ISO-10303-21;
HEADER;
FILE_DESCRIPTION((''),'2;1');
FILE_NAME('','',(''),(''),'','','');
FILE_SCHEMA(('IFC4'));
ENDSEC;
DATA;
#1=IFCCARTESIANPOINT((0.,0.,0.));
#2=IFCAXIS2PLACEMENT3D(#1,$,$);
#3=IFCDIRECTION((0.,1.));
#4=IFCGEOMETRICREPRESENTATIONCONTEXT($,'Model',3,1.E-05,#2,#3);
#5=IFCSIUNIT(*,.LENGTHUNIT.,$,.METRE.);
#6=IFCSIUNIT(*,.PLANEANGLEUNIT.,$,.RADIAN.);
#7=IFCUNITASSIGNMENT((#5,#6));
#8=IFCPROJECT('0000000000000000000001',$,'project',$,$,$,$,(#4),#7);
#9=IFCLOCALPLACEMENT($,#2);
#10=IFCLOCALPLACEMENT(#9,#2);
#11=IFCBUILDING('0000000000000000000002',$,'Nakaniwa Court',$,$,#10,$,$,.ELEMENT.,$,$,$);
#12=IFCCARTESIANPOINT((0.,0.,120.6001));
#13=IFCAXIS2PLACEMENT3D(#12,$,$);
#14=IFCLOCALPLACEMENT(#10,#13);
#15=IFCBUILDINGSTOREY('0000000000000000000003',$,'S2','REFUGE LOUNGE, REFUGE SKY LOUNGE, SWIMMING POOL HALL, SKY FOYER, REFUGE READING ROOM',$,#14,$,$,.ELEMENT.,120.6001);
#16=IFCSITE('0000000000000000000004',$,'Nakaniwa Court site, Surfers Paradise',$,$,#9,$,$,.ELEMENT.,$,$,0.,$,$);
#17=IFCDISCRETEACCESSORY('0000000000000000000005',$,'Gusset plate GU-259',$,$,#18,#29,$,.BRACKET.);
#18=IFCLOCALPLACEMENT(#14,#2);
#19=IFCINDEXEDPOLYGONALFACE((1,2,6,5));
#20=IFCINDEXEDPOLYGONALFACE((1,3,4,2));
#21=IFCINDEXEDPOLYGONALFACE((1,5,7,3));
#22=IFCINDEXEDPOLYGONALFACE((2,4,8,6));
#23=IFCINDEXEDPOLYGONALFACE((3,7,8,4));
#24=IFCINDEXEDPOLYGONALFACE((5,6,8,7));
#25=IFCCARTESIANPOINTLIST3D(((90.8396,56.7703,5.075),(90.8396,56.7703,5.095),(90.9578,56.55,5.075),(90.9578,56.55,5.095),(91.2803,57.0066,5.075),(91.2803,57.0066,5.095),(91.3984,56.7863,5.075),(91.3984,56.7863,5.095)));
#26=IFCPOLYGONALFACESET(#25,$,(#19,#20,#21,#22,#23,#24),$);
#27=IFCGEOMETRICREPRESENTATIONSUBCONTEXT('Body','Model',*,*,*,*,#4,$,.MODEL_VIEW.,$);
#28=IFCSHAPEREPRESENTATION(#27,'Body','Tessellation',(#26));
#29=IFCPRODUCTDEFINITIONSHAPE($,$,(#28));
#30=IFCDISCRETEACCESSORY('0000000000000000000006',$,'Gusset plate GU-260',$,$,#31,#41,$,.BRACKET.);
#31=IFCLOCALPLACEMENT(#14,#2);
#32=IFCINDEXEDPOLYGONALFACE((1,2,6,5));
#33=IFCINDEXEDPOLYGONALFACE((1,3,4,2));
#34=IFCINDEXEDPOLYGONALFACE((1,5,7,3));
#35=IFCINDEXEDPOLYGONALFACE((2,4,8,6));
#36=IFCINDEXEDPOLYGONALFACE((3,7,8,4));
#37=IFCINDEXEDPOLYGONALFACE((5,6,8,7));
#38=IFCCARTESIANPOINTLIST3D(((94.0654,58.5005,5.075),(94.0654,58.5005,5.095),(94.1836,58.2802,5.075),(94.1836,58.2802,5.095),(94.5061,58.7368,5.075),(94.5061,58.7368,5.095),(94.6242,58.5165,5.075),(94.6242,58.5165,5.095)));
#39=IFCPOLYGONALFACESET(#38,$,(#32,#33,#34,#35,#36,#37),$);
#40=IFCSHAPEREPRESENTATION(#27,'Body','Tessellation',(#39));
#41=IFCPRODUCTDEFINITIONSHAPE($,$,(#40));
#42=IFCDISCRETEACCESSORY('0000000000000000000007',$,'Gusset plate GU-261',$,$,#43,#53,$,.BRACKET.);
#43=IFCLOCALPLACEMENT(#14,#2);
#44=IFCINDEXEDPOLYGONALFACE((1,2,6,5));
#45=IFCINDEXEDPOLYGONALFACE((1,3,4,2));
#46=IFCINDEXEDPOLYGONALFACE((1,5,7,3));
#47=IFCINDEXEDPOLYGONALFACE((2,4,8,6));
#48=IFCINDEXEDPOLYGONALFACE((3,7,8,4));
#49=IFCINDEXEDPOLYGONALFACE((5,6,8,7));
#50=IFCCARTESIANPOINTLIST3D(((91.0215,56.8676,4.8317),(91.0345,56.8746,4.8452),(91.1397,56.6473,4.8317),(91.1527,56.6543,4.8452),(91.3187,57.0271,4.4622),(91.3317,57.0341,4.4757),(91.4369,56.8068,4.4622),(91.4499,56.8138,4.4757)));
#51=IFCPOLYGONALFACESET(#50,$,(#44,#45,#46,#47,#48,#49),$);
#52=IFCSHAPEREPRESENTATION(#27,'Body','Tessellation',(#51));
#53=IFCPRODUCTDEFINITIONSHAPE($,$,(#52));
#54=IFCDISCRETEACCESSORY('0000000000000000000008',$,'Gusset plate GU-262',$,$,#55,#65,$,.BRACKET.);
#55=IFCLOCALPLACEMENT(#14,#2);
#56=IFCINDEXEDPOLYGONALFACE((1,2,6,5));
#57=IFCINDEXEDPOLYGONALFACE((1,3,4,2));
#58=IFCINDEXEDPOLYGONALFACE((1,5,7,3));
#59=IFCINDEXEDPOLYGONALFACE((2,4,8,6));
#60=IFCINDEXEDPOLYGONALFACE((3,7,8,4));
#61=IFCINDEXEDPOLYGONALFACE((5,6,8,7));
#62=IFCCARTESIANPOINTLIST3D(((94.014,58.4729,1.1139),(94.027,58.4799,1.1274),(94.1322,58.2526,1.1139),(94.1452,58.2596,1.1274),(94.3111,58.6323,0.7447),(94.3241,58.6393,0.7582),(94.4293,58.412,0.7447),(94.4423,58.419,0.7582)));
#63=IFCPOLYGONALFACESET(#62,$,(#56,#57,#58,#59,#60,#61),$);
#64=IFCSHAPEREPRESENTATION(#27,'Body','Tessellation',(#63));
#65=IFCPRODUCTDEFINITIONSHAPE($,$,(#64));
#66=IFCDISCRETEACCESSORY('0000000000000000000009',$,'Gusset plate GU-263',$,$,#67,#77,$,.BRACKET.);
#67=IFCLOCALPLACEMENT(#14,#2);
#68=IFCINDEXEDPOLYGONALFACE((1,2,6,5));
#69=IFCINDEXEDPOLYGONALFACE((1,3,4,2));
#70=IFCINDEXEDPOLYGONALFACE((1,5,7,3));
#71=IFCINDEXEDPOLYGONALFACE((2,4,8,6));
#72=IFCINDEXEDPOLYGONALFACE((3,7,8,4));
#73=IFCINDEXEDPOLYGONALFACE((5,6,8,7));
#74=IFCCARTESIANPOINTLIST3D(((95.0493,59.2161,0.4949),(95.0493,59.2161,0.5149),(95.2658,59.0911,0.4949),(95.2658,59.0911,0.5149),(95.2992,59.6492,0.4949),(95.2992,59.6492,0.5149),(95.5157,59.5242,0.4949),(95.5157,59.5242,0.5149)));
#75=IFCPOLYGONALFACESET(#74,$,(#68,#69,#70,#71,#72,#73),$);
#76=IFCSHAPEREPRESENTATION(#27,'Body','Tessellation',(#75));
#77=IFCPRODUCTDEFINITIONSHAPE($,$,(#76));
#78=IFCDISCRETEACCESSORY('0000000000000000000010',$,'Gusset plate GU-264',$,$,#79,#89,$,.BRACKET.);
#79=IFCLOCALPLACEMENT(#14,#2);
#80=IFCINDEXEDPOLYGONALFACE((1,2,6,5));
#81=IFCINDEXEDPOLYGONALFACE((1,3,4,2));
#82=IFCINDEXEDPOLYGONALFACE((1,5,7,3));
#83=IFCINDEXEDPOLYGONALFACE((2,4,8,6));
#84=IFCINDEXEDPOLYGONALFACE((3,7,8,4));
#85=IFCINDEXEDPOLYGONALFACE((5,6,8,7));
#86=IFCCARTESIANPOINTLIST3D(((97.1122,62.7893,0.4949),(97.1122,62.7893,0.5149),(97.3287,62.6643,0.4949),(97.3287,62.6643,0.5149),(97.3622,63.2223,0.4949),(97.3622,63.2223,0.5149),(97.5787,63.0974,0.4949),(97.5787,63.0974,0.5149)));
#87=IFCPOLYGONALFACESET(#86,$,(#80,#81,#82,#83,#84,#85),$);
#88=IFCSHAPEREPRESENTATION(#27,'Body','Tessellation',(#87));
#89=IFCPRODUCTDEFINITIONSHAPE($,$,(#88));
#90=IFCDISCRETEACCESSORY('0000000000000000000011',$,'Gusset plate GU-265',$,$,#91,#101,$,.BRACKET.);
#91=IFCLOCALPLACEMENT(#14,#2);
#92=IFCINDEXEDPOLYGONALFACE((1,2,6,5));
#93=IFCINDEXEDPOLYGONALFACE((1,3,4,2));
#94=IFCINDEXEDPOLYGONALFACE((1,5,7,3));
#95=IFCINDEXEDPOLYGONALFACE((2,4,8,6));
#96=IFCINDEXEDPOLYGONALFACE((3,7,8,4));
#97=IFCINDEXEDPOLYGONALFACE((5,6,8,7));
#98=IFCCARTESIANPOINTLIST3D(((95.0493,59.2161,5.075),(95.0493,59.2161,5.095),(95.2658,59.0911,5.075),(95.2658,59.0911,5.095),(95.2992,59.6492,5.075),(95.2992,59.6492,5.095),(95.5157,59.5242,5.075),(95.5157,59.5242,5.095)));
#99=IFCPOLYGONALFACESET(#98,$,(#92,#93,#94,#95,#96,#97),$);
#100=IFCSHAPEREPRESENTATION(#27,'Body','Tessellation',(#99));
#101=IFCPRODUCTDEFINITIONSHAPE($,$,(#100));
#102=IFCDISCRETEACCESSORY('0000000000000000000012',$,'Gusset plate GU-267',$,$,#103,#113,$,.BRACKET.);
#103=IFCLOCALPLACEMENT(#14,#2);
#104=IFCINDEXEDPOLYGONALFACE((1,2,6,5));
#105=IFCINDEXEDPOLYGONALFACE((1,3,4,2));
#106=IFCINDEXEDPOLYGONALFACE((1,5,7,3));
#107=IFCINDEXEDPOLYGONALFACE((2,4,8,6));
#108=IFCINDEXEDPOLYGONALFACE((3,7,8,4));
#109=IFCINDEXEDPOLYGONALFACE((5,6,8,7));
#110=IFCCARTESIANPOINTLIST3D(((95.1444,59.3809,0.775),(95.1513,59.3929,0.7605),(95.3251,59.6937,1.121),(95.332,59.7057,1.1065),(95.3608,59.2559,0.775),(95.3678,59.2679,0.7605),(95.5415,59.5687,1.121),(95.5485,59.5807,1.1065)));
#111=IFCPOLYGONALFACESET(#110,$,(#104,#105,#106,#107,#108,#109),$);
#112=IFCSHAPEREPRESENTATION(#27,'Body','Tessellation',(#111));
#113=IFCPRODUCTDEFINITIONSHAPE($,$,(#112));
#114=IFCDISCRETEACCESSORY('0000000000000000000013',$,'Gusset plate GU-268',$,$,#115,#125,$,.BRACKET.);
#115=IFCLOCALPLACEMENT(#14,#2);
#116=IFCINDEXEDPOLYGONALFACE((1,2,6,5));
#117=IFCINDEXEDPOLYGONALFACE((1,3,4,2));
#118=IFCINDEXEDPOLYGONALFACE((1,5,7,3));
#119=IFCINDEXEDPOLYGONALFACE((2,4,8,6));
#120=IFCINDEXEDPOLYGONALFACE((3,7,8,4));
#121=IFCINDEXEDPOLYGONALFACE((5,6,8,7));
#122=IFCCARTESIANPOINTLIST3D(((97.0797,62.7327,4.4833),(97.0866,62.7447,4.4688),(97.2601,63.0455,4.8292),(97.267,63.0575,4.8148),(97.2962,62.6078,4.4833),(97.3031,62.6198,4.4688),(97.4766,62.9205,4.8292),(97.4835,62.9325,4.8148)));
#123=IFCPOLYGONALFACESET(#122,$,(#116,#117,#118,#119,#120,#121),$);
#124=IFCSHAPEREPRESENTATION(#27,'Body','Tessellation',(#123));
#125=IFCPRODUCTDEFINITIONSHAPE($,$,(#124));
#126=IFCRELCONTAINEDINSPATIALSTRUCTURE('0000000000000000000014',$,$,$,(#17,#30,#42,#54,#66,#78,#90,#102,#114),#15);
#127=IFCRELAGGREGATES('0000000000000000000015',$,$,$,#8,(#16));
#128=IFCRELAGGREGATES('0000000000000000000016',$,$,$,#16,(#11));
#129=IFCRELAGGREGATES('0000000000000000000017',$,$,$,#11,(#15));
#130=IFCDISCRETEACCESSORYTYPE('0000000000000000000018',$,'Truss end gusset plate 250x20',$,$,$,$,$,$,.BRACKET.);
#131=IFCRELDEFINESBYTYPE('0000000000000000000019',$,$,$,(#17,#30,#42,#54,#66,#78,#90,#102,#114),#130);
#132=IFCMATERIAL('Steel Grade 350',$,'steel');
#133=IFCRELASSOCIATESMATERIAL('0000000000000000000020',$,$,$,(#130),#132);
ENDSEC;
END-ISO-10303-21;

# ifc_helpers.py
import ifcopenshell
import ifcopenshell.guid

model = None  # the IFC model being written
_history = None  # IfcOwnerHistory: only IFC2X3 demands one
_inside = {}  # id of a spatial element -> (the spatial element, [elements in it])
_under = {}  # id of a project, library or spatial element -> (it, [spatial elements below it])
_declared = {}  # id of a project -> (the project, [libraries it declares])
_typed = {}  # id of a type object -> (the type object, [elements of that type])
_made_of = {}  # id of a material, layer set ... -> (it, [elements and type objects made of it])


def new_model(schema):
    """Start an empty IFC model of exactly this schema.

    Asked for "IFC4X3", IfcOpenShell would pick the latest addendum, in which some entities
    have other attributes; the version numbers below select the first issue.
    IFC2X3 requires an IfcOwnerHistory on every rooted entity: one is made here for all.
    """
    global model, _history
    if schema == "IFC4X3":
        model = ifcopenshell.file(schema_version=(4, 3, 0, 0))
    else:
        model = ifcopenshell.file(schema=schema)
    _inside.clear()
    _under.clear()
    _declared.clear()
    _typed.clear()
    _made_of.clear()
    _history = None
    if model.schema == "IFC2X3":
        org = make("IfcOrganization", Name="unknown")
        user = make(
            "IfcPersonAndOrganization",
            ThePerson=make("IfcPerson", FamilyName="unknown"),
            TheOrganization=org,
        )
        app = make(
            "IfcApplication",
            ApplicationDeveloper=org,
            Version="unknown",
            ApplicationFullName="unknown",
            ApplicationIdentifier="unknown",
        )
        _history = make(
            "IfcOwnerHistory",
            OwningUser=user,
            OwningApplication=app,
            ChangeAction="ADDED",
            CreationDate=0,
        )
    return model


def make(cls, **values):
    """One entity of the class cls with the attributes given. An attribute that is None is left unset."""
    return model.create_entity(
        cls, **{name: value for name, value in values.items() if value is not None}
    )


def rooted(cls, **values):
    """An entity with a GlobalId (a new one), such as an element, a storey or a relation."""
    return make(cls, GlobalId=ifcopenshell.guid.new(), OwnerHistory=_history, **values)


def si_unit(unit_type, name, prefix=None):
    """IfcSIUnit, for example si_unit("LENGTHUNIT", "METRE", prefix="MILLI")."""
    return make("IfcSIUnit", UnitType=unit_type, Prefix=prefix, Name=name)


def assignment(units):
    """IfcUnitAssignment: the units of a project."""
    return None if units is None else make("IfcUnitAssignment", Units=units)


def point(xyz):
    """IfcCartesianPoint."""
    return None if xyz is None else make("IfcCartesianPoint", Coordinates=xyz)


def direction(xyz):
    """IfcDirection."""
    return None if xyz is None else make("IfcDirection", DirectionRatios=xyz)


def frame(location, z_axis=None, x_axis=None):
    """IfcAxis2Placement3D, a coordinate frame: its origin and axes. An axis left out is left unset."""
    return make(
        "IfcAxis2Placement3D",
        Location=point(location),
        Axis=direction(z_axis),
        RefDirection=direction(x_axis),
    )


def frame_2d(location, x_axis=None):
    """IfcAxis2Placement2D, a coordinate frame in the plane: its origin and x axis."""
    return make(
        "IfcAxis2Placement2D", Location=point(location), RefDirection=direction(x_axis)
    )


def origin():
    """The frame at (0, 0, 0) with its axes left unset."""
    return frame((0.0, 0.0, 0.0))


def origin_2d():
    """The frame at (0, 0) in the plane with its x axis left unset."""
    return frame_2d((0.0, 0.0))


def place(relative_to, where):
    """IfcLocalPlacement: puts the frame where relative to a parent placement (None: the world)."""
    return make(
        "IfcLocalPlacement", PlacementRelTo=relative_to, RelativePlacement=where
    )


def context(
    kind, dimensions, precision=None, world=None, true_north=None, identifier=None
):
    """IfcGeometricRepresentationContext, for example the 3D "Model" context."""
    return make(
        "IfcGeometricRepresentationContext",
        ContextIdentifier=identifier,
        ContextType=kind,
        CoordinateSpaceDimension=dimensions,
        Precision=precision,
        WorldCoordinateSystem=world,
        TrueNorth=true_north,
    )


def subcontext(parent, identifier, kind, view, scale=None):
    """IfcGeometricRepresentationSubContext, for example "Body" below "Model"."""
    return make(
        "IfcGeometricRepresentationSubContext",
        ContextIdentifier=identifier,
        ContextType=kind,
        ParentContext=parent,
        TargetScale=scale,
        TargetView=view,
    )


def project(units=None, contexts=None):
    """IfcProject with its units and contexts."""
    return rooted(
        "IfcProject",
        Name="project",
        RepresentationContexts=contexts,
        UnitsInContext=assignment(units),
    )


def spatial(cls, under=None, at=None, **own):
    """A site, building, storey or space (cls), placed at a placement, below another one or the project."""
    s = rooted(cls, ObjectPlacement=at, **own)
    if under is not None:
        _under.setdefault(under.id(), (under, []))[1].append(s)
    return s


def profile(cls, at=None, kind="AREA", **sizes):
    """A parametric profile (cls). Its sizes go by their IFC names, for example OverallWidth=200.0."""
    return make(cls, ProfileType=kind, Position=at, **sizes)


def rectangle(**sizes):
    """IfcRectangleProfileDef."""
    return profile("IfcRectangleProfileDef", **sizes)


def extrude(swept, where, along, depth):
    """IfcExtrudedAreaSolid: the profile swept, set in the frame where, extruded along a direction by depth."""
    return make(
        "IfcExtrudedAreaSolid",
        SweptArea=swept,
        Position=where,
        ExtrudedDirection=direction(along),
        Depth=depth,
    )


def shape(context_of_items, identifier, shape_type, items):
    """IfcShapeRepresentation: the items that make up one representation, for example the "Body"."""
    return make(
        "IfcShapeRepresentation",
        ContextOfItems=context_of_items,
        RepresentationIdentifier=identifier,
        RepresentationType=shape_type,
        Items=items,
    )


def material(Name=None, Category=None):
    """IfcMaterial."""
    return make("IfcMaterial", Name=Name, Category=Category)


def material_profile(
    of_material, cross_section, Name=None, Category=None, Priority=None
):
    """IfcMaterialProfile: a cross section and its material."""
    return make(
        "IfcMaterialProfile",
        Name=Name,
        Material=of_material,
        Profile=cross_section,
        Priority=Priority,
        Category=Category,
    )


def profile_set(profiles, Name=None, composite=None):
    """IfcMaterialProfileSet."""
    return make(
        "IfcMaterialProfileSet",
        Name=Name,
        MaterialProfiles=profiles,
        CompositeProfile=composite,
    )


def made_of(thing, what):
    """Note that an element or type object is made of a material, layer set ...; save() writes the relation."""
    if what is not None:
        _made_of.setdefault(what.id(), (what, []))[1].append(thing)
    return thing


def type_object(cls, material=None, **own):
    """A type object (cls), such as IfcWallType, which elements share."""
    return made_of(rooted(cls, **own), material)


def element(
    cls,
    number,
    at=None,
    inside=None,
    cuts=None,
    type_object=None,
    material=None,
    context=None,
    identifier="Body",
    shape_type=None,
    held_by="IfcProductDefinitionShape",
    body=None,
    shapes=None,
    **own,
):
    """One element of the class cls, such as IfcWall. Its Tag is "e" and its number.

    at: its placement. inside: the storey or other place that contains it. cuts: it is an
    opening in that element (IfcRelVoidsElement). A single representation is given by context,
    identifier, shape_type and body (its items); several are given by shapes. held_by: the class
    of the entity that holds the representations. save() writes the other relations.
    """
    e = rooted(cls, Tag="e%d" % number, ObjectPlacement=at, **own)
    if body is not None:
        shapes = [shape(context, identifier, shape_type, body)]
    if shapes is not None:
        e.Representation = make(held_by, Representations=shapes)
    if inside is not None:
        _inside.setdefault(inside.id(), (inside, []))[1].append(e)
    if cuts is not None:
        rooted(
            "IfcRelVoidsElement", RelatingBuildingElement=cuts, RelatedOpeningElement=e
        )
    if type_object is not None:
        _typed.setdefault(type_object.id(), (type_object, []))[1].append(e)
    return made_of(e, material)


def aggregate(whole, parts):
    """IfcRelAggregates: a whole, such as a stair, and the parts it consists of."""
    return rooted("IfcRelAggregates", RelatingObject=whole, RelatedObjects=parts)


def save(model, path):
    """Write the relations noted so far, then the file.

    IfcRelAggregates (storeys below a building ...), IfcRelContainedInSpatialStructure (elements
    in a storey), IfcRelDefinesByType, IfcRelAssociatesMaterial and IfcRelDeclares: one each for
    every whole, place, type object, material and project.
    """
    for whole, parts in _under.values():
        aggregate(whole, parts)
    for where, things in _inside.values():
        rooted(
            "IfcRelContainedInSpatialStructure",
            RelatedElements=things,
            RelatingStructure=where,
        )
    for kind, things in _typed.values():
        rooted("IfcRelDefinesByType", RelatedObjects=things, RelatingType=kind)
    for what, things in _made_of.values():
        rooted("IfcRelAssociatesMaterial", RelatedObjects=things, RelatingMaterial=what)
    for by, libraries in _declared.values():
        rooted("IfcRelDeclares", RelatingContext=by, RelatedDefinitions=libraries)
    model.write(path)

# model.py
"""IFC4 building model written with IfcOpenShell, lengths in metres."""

from ifc_helpers import new_model, si_unit, direction, frame, origin, origin_2d, place, context, subcontext, project, spatial, rectangle, extrude, material, material_profile, profile_set, type_object, element, save


model = new_model("IFC4")

# Units and contexts
model_context = context("Model", 3, precision=1e-05, world=origin(), true_north=direction((0.0, 1.0)))
body_context = subcontext(model_context, "Body", "Model", "MODEL_VIEW")
ifc_project = project(units=[si_unit("LENGTHUNIT", "METRE"), si_unit("PLANEANGLEUNIT", "RADIAN")], contexts=[model_context])

# Site, building, storey
site_placement = place(None, origin())
site = spatial("IfcSite", under=ifc_project, at=site_placement, Name="Nakaniwa Court site, Surfers Paradise", CompositionType="ELEMENT", RefElevation=0.0)
building_placement = place(site_placement, origin())
building = spatial("IfcBuilding", under=site, at=building_placement, Name="Nakaniwa Court", CompositionType="ELEMENT")
storey_placement = place(building_placement, frame((0.0, 0.0, 120.6001)))
storey = spatial("IfcBuildingStorey", under=building, at=storey_placement, Name="S2", Description="REFUGE LOUNGE, REFUGE SKY LOUNGE, SWIMMING POOL HALL, SKY FOYER, REFUGE READING ROOM", CompositionType="ELEMENT", Elevation=120.6001)

# Shared definitions
ifc_material_1 = material(Name="Steel Grade 350", Category="steel")

# Discrete accessories
ifc_material_profile_1 = material_profile(ifc_material_1, rectangle(XDim=0.25, YDim=0.02, at=origin_2d()), Name="Truss end gusset plate 250x20")
ifc_profile_set_1 = profile_set([ifc_material_profile_1], Name="Steel Grade 350")
discrete_accessory_type = type_object("IfcDiscreteAccessoryType", Name="Truss end gusset plate 250x20", PredefinedType="BRACKET", material=ifc_profile_set_1)
for number, where, z_axis, x_axis, name in (
    (1, (91.3394, 56.8965, 5.085), (-0.881269, -0.472614, 0.0), (0.472614, -0.881269, 0.0), "Gusset plate GU-259"),
    (2, (94.1245, 58.3904, 5.085), (0.881269, 0.472614, 0.0), (-0.472614, 0.881269, 0.0), "Gusset plate GU-260"),
):
    element("IfcDiscreteAccessory", number, at=place(storey_placement, frame(where, z_axis=z_axis, x_axis=x_axis)), inside=storey, type_object=discrete_accessory_type, Name=name, PredefinedType="BRACKET", context=body_context, shape_type="SweptSolid", body=[
        extrude(rectangle(XDim=0.25, YDim=0.02, at=origin_2d()), origin(), (0.0, 0.0, 1.0), 0.5),
    ])
discrete_accessory_1_placement = place(storey_placement, frame((91.3843, 56.9204, 4.469), z_axis=(-0.594071, -0.318758, 0.738562), x_axis=(0.472804, -0.881168, 0.0)))
element("IfcDiscreteAccessory", 3, at=discrete_accessory_1_placement, inside=storey, type_object=discrete_accessory_type, Name="Gusset plate GU-261", PredefinedType="BRACKET", context=body_context, shape_type="SweptSolid", body=[
    extrude(rectangle(XDim=0.25, YDim=0.02, at=origin_2d()), origin(), (0.0, 0.0, 1.0), 0.5002),
])
for number, where, z_axis, x_axis, name in (
    (4, (94.0796, 58.3662, 1.1206), (0.594285, 0.318873, -0.73834), (-0.472804, 0.881168, 0.0), "Gusset plate GU-262"),
    (5, (95.4075, 59.5867, 0.5049), (-0.49992, -0.866072, 0.0), (0.866072, -0.49992, 0.0), "Gusset plate GU-263"),
    (6, (97.2205, 62.7268, 0.5049), (0.49992, 0.866072, 0.0), (-0.866072, 0.49992, 0.0), "Gusset plate GU-264"),
    (7, (95.4075, 59.5867, 5.085), (-0.49992, -0.866072, 0.0), (0.866072, -0.49992, 0.0), "Gusset plate GU-265"),
):
    element("IfcDiscreteAccessory", number, at=place(storey_placement, frame(where, z_axis=z_axis, x_axis=x_axis)), inside=storey, type_object=discrete_accessory_type, Name=name, PredefinedType="BRACKET", context=body_context, shape_type="SweptSolid", body=[
        extrude(rectangle(XDim=0.25, YDim=0.02, at=origin_2d()), origin(), (0.0, 0.0, 1.0), 0.5),
    ])
discrete_accessory_2_placement = place(storey_placement, frame((95.4368, 59.6372, 1.1138), z_axis=(-0.361236, -0.625328, -0.691718), x_axis=(0.865904, -0.50021, 0.0)))
element("IfcDiscreteAccessory", 8, at=discrete_accessory_2_placement, inside=storey, type_object=discrete_accessory_type, Name="Gusset plate GU-267", PredefinedType="BRACKET", context=body_context, shape_type="SweptSolid", body=[
    extrude(rectangle(XDim=0.25, YDim=0.02, at=origin_2d()), origin(), (0.0, 0.0, 1.0), 0.5002),
])
discrete_accessory_3_placement = place(storey_placement, frame((97.1914, 62.6763, 4.4761), z_axis=(0.360811, 0.625439, 0.69184), x_axis=(-0.866197, 0.499703, 0.0)))
element("IfcDiscreteAccessory", 9, at=discrete_accessory_3_placement, inside=storey, type_object=discrete_accessory_type, Name="Gusset plate GU-268", PredefinedType="BRACKET", context=body_context, shape_type="SweptSolid", body=[
    extrude(rectangle(XDim=0.25, YDim=0.02, at=origin_2d()), origin(), (0.0, 0.0, 1.0), 0.5),
])

save(model, "model.ifc")
